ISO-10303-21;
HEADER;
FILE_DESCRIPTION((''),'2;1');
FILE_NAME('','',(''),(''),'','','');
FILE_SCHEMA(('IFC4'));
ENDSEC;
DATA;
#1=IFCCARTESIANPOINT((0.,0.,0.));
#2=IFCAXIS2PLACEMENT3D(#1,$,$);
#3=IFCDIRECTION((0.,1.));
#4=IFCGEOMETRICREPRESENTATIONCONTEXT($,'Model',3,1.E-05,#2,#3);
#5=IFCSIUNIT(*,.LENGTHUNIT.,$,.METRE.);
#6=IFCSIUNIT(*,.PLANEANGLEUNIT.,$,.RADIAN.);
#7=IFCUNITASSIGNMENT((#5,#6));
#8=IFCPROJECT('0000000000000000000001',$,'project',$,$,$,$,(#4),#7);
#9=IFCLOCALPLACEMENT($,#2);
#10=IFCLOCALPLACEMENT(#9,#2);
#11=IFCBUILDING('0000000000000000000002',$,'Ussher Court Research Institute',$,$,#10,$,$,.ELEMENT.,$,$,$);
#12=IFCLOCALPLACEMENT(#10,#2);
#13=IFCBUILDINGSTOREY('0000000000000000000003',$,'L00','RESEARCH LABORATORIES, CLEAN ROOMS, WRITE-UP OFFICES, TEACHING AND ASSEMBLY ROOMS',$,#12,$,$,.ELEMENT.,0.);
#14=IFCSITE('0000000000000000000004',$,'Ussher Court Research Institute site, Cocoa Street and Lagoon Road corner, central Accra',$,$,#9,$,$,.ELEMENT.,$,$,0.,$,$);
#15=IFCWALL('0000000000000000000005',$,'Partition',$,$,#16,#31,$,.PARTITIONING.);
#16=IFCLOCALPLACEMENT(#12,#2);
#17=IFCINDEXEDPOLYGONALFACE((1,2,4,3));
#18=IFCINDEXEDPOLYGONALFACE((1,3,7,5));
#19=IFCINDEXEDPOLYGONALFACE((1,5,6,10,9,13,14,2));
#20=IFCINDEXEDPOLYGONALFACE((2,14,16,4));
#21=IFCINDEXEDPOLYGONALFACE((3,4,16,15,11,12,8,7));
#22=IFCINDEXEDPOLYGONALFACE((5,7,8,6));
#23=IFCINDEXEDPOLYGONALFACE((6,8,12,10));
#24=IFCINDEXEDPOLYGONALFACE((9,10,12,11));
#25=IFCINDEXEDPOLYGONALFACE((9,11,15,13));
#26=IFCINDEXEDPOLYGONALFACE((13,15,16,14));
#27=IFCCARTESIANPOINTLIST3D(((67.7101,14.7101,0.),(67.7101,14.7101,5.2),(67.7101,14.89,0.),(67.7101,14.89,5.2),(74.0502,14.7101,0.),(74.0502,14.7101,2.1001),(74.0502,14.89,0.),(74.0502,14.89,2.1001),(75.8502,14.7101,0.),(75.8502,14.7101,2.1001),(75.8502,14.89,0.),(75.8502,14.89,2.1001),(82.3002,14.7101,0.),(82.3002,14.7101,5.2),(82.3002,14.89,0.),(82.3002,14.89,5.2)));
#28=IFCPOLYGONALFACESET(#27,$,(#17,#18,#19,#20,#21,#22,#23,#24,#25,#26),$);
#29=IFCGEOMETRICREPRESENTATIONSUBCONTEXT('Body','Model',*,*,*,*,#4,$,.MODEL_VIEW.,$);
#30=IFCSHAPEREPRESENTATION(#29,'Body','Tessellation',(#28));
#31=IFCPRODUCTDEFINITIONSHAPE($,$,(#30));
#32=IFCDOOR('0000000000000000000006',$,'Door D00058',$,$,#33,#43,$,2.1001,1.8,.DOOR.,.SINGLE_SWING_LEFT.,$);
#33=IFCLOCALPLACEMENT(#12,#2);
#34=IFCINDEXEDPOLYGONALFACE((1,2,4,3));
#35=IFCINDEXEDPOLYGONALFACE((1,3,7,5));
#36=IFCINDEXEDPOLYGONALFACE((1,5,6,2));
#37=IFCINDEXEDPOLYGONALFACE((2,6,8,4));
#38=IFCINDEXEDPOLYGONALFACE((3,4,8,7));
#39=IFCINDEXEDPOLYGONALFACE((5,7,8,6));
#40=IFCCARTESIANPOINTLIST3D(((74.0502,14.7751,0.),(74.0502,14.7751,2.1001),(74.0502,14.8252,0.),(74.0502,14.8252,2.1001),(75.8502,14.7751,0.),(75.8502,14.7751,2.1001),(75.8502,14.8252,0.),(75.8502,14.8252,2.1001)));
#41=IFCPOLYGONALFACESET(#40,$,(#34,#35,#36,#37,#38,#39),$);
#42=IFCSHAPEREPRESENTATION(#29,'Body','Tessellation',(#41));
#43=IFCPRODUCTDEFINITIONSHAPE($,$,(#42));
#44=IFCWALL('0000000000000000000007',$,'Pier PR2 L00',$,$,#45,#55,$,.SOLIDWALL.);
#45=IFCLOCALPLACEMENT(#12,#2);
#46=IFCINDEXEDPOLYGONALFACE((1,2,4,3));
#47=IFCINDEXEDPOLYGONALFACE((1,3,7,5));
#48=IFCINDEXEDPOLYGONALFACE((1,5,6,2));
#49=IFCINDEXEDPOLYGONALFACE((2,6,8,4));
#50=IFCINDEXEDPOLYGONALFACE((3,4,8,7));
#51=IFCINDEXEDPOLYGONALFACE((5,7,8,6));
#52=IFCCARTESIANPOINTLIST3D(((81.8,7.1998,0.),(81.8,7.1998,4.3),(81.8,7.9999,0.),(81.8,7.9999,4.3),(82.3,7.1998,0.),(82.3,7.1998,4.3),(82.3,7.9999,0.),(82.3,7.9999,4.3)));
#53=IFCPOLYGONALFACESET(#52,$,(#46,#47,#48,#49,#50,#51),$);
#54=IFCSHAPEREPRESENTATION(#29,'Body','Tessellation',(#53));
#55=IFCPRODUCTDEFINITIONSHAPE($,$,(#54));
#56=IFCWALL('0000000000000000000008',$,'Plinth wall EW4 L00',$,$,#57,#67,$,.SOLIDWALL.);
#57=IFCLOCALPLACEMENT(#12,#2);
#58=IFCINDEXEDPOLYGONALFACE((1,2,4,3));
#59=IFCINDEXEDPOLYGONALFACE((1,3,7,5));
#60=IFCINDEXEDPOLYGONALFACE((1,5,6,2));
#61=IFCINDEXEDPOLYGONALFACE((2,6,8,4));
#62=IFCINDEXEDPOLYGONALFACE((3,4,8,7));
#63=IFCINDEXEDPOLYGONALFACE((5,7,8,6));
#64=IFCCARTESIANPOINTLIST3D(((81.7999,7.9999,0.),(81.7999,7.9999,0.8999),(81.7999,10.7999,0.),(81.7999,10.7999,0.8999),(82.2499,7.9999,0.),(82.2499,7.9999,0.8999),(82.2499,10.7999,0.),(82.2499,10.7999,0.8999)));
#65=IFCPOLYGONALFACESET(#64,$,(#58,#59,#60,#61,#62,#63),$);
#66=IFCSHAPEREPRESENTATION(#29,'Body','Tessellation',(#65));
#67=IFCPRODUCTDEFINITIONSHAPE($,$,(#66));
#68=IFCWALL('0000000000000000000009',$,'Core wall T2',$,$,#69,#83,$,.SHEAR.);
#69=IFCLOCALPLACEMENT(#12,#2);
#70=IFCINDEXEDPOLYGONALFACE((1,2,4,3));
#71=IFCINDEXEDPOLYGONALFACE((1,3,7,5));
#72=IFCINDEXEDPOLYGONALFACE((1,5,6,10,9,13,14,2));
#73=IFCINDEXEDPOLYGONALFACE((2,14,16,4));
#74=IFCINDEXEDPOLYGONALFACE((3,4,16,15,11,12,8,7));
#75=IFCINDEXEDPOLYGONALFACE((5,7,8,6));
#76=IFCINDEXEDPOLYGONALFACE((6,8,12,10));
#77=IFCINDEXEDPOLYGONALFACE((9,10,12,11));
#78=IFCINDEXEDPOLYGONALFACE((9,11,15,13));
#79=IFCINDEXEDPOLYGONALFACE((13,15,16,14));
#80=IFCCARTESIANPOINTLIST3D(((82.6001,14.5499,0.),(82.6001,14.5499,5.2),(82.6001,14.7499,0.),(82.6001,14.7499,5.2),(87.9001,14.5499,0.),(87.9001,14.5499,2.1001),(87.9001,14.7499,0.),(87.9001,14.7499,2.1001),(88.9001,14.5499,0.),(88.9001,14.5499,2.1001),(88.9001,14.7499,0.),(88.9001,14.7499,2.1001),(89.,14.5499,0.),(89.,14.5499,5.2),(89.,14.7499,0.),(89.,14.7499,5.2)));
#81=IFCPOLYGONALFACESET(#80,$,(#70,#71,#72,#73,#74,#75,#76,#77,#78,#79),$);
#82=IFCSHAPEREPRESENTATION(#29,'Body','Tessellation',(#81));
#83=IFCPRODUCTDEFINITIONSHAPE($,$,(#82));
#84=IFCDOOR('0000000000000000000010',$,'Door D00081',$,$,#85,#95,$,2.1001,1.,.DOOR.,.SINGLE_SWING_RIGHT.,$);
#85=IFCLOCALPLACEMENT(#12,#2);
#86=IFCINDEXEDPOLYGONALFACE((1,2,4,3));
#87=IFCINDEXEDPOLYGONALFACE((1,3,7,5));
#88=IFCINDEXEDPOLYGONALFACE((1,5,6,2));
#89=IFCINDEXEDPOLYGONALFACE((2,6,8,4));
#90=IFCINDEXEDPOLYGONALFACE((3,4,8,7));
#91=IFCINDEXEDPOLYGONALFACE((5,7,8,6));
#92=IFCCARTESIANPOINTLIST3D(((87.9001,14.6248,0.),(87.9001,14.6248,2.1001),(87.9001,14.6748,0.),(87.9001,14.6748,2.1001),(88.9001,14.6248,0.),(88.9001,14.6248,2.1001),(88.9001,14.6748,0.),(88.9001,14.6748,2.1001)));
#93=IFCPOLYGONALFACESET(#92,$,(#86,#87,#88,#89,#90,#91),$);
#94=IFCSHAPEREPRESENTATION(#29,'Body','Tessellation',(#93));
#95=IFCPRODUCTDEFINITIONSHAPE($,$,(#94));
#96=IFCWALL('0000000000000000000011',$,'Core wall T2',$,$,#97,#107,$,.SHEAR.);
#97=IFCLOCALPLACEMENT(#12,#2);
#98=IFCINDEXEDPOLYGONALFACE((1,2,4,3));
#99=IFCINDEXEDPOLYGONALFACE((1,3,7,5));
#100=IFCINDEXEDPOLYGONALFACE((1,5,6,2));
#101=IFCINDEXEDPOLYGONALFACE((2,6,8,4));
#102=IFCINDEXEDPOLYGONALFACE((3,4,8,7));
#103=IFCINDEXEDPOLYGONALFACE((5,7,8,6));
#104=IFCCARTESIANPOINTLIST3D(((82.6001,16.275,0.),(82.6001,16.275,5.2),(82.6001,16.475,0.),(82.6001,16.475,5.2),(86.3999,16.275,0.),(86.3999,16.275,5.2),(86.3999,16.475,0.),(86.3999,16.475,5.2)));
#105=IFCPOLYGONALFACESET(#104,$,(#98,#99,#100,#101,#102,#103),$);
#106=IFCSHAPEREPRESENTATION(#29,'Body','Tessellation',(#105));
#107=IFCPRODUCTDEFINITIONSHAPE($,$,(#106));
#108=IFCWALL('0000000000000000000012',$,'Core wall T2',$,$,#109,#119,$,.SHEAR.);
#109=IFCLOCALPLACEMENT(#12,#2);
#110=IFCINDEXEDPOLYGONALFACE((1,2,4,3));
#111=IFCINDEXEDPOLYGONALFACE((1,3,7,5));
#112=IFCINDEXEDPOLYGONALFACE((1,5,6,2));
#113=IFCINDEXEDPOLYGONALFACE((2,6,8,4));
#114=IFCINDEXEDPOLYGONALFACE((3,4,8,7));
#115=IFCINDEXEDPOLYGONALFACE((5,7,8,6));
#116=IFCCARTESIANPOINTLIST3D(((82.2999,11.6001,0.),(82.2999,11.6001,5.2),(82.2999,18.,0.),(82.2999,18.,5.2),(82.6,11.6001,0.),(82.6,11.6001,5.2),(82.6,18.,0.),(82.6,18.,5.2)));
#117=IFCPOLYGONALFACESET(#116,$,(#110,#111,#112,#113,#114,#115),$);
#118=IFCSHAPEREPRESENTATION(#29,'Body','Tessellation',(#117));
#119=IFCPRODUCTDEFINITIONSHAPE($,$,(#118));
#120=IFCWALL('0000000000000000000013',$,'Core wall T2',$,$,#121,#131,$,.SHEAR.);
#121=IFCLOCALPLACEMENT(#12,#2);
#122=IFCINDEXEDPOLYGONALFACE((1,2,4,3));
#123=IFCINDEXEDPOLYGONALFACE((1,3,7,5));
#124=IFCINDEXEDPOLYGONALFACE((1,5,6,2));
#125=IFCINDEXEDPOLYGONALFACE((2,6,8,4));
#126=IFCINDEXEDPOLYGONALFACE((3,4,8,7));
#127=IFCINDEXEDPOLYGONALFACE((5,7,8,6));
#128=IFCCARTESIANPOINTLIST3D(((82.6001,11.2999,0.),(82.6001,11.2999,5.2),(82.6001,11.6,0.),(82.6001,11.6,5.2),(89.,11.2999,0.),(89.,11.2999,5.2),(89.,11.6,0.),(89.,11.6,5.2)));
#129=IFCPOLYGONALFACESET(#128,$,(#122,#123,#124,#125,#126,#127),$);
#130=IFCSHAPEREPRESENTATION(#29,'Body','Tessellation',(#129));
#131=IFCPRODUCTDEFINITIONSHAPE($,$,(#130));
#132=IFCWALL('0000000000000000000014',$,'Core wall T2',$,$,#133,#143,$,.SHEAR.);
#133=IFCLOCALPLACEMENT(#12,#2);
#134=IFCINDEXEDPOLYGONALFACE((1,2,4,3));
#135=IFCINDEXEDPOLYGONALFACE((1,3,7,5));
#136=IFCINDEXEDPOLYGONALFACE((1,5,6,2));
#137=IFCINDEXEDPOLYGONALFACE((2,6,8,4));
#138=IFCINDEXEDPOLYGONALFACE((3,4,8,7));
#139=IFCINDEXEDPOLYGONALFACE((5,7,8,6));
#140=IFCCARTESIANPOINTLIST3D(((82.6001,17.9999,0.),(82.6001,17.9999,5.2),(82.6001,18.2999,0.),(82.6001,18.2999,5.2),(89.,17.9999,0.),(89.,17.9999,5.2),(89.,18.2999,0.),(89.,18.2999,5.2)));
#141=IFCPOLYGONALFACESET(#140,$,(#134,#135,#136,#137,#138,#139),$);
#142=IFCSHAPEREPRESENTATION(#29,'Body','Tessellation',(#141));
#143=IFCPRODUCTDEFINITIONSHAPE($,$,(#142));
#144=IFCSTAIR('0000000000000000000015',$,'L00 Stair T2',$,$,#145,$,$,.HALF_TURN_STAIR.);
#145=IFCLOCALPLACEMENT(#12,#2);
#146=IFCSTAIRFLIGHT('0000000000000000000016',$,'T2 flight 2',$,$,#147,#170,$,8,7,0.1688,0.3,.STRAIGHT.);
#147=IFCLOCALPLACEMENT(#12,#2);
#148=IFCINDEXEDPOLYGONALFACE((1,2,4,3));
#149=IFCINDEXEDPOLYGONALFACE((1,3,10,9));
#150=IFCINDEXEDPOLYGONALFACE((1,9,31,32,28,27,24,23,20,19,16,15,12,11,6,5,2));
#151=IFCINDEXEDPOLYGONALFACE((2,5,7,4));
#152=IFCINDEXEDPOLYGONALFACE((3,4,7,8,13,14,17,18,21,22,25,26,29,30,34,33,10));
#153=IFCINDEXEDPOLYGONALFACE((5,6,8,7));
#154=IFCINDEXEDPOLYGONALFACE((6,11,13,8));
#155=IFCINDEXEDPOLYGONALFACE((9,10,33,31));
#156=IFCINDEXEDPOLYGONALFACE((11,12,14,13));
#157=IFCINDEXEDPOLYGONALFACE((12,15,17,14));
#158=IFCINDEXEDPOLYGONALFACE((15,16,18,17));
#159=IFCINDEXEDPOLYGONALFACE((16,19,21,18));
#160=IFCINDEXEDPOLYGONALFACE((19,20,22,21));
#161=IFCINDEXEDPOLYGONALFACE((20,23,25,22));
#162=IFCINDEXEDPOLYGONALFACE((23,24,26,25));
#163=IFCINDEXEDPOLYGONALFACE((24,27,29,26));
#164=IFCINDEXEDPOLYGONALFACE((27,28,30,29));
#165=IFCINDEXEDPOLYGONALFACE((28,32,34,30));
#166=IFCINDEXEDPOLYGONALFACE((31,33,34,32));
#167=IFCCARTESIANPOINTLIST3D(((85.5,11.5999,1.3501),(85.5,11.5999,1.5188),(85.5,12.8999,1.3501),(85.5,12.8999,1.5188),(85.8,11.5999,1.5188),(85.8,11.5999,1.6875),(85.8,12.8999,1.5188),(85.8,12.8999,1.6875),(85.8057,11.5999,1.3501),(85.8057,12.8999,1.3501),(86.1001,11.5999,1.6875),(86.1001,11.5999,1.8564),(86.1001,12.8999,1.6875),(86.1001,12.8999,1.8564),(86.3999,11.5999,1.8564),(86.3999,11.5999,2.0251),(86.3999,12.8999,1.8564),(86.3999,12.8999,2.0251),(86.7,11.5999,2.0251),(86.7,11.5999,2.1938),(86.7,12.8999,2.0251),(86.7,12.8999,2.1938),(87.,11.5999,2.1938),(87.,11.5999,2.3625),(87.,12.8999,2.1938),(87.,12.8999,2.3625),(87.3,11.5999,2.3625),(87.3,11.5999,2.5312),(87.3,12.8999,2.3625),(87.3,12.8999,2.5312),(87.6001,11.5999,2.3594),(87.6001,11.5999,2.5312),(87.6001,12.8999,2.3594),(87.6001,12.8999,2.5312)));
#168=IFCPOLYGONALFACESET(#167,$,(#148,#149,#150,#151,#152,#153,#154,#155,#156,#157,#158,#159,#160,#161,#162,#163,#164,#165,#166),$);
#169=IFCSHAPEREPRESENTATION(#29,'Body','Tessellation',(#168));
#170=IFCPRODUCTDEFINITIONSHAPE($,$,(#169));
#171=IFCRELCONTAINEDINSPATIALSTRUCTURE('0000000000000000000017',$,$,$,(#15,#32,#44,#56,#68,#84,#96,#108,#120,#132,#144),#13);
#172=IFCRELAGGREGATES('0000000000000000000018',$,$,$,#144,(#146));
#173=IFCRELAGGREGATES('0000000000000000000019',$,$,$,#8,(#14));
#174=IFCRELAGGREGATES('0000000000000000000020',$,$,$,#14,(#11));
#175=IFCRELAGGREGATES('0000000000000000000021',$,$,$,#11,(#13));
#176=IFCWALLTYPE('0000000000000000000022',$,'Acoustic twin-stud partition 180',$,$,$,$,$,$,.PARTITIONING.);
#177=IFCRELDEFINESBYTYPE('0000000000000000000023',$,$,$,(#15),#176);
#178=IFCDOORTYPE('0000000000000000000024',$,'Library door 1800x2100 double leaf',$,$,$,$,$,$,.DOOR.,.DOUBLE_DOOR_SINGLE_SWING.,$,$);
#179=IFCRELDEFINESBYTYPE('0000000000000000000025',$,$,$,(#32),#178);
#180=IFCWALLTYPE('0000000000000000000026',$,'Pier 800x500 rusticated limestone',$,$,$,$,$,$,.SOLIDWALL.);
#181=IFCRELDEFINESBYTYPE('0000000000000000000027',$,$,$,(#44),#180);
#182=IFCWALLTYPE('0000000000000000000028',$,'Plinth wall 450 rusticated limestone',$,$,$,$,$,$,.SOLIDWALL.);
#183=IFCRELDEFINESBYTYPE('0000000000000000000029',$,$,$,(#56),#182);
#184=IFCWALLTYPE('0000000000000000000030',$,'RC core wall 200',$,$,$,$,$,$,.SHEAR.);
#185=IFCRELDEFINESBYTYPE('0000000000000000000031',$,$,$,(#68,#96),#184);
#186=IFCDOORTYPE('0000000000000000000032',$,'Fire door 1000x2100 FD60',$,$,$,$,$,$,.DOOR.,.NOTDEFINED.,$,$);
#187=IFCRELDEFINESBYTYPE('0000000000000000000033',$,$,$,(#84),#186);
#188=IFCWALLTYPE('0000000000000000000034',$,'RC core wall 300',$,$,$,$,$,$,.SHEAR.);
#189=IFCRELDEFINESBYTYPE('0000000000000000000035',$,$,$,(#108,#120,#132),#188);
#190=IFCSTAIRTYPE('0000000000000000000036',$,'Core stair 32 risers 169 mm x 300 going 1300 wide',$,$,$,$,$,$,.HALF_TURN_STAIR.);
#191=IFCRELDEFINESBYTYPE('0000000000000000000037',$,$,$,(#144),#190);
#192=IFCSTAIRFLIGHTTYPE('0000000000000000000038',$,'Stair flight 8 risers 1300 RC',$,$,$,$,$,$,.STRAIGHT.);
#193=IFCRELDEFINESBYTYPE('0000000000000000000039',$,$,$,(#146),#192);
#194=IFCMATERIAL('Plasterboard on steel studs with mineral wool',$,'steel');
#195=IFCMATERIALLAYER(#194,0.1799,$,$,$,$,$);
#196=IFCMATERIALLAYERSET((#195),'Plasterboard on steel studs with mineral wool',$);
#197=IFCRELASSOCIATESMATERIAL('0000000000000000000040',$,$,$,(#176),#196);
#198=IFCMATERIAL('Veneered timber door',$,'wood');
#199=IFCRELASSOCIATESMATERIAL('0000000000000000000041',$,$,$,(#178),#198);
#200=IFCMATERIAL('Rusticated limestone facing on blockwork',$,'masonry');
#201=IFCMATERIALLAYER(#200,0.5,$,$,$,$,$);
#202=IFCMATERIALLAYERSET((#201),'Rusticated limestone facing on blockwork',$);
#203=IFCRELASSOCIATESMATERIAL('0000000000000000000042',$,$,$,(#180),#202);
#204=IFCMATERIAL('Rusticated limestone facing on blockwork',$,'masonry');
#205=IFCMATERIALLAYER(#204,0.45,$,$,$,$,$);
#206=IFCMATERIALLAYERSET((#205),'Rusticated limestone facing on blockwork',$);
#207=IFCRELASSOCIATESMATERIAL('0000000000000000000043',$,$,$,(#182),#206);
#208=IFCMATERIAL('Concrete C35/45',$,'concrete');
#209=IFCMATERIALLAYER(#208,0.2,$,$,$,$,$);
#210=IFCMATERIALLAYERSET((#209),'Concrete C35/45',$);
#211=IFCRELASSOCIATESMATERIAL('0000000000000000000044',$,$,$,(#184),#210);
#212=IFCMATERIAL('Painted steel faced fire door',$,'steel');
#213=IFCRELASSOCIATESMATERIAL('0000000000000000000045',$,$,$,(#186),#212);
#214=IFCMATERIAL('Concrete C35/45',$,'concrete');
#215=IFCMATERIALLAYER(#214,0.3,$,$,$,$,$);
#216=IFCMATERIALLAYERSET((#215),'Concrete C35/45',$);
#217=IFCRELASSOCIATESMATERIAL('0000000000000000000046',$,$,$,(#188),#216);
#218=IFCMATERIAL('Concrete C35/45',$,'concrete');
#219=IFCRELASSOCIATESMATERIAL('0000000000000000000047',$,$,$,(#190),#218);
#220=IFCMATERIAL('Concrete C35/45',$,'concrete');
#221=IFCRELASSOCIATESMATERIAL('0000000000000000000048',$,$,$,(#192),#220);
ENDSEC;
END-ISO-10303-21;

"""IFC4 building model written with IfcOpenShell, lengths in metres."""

from ifc_helpers import new_model, si_unit, direction, frame, frame_2d, origin, place, context, subcontext, project, spatial, polyline, rectangle, outline, extrude, material, layer, layer_set, type_object, element, fill, aggregate, save


model = new_model("IFC4")

# Units and contexts
model_context = context("Model", 3, precision=1e-05, world=origin(), true_north=direction((0.0, 1.0)))
body_context = subcontext(model_context, "Body", "Model", "MODEL_VIEW")
ifc_project = project(units=[si_unit("LENGTHUNIT", "METRE"), si_unit("PLANEANGLEUNIT", "RADIAN")], contexts=[model_context])

# Site, building, storey
site_placement = place(None, origin())
site = spatial("IfcSite", under=ifc_project, at=site_placement, Name="Ussher Court Research Institute site, Cocoa Street and Lagoon Road corner, central Accra", CompositionType="ELEMENT", RefElevation=0.0)
building_placement = place(site_placement, origin())
building = spatial("IfcBuilding", under=site, at=building_placement, Name="Ussher Court Research Institute", CompositionType="ELEMENT")
storey_placement = place(building_placement, origin())
storey = spatial("IfcBuildingStorey", under=building, at=storey_placement, Name="L00", Description="RESEARCH LABORATORIES, CLEAN ROOMS, WRITE-UP OFFICES, TEACHING AND ASSEMBLY ROOMS", CompositionType="ELEMENT", Elevation=0.0)

# Wall, opening, door
ifc_material_1 = material(Name="Plasterboard on steel studs with mineral wool", Category="steel")
ifc_layer_1 = layer(ifc_material_1, 0.1799)
ifc_layer_set_1 = layer_set([ifc_layer_1], Name="Plasterboard on steel studs with mineral wool")
wall_type_1 = type_object("IfcWallType", Name="Acoustic twin-stud partition 180", PredefinedType="PARTITIONING", material=ifc_layer_set_1)
wall_1_placement = place(storey_placement, frame((82.3, 14.8, 0.0), z_axis=(0.0, 0.0, 1.0), x_axis=(-1.0, 0.0, 0.0)))
wall_1 = element("IfcWall", 1, at=wall_1_placement, inside=storey, type_object=wall_type_1, Name="Partition", PredefinedType="PARTITIONING", context=body_context, shape_type="SweptSolid", body=[
    extrude(rectangle(XDim=14.5901, YDim=0.1799, at=frame_2d((7.2949, 0.0))), origin(), (0.0, 0.0, 1.0), 5.2),
])
opening_1_placement = place(wall_1_placement, frame((6.45, 0.0, 0.0)))
opening_1 = element("IfcOpeningElement", 2, at=opening_1_placement, cuts=wall_1, PredefinedType="OPENING", context=body_context, shape_type="SweptSolid", body=[
    extrude(rectangle(XDim=1.8, YDim=2.1001, at=frame_2d((0.8999, 1.05))), frame((0.0, 0.1001, 0.0), z_axis=(0.0, -1.0, 0.0), x_axis=(1.0, 0.0, 0.0)), (0.0, 0.0, 1.0), 0.2),
])
ifc_material_2 = material(Name="Veneered timber door", Category="wood")
door_type_1 = type_object("IfcDoorType", Name="Library door 1800x2100 double leaf", OperationType="DOUBLE_DOOR_SINGLE_SWING", PredefinedType="DOOR", material=ifc_material_2)
door_1_placement = place(opening_1_placement, origin())
door_1 = element("IfcDoor", 3, at=door_1_placement, inside=storey, type_object=door_type_1, Name="Door D00058", OperationType="SINGLE_SWING_LEFT", OverallHeight=2.1001, OverallWidth=1.8, PredefinedType="DOOR", context=body_context, shape_type="SweptSolid", body=[
    extrude(rectangle(XDim=1.8, YDim=2.1001, at=frame_2d((0.8999, 1.05))), frame((0.0, 0.0249, 0.0), z_axis=(0.0, -1.0, 0.0), x_axis=(1.0, 0.0, 0.0)), (0.0, 0.0, 1.0), 0.05),
])
fill(opening_1, door_1)

# Walls
ifc_material_3 = material(Name="Rusticated limestone facing on blockwork", Category="masonry")
ifc_layer_2 = layer(ifc_material_3, 0.5)
ifc_layer_set_2 = layer_set([ifc_layer_2], Name="Rusticated limestone facing on blockwork")
wall_type_2 = type_object("IfcWallType", Name="Pier 800x500 rusticated limestone", PredefinedType="SOLIDWALL", material=ifc_layer_set_2)
wall_2_placement = place(storey_placement, frame((82.05, 7.2, 0.0), z_axis=(0.0, 0.0, 1.0), x_axis=(0.0, 1.0, 0.0)))
element("IfcWall", 4, at=wall_2_placement, inside=storey, type_object=wall_type_2, Name="Pier PR2 L00", PredefinedType="SOLIDWALL", context=body_context, shape_type="SweptSolid", body=[
    extrude(rectangle(XDim=0.8, YDim=0.5, at=frame_2d((0.3999, 0.0))), origin(), (0.0, 0.0, 1.0), 4.3),
])
ifc_material_4 = material(Name="Rusticated limestone facing on blockwork", Category="masonry")
ifc_layer_3 = layer(ifc_material_4, 0.45)
ifc_layer_set_3 = layer_set([ifc_layer_3], Name="Rusticated limestone facing on blockwork")
wall_type_3 = type_object("IfcWallType", Name="Plinth wall 450 rusticated limestone", PredefinedType="SOLIDWALL", material=ifc_layer_set_3)
wall_3_placement = place(storey_placement, frame((82.0249, 8.0, 0.0), z_axis=(0.0, 0.0, 1.0), x_axis=(0.0, 1.0, 0.0)))
element("IfcWall", 5, at=wall_3_placement, inside=storey, type_object=wall_type_3, Name="Plinth wall EW4 L00", PredefinedType="SOLIDWALL", context=body_context, shape_type="SweptSolid", body=[
    extrude(rectangle(XDim=2.8, YDim=0.45, at=frame_2d((1.3999, 0.0))), origin(), (0.0, 0.0, 1.0), 0.8999),
])

# Wall, opening, door
ifc_material_5 = material(Name="Concrete C35/45", Category="concrete")
ifc_layer_4 = layer(ifc_material_5, 0.2)
ifc_layer_set_4 = layer_set([ifc_layer_4], Name="Concrete C35/45")
wall_type_4 = type_object("IfcWallType", Name="RC core wall 200", PredefinedType="SHEAR", material=ifc_layer_set_4)
wall_4_placement = place(storey_placement, frame((82.6001, 14.6499, 0.0), z_axis=(0.0, 0.0, 1.0), x_axis=(1.0, 0.0, 0.0)))
wall_4 = element("IfcWall", 6, at=wall_4_placement, inside=storey, type_object=wall_type_4, Name="Core wall T2", PredefinedType="SHEAR", context=body_context, shape_type="SweptSolid", body=[
    extrude(rectangle(XDim=6.3999, YDim=0.2, at=frame_2d((3.2, 0.0))), origin(), (0.0, 0.0, 1.0), 5.2),
])
opening_2_placement = place(wall_4_placement, frame((5.3, 0.0, 0.0)))
opening_2 = element("IfcOpeningElement", 7, at=opening_2_placement, cuts=wall_4, PredefinedType="OPENING", context=body_context, shape_type="SweptSolid", body=[
    extrude(rectangle(XDim=1.0, YDim=2.1001, at=frame_2d((0.5, 1.05))), frame((0.0, 0.1099, 0.0), z_axis=(0.0, -1.0, 0.0), x_axis=(1.0, 0.0, 0.0)), (0.0, 0.0, 1.0), 0.22),
])
ifc_material_6 = material(Name="Painted steel faced fire door", Category="steel")
door_type_2 = type_object("IfcDoorType", Name="Fire door 1000x2100 FD60", OperationType="NOTDEFINED", PredefinedType="DOOR", material=ifc_material_6)
door_2_placement = place(opening_2_placement, origin())
door_2 = element("IfcDoor", 8, at=door_2_placement, inside=storey, type_object=door_type_2, Name="Door D00081", OperationType="SINGLE_SWING_RIGHT", OverallHeight=2.1001, OverallWidth=1.0, PredefinedType="DOOR", context=body_context, shape_type="SweptSolid", body=[
    extrude(rectangle(XDim=1.0, YDim=2.1001, at=frame_2d((0.5, 1.05))), frame((0.0, 0.0249, 0.0), z_axis=(0.0, -1.0, 0.0), x_axis=(1.0, 0.0, 0.0)), (0.0, 0.0, 1.0), 0.05),
])
fill(opening_2, door_2)

# Walls
wall_5_placement = place(storey_placement, frame((82.6001, 16.375, 0.0), z_axis=(0.0, 0.0, 1.0), x_axis=(1.0, 0.0, 0.0)))
element("IfcWall", 9, at=wall_5_placement, inside=storey, type_object=wall_type_4, Name="Core wall T2", PredefinedType="SHEAR", context=body_context, shape_type="SweptSolid", body=[
    extrude(rectangle(XDim=3.7998, YDim=0.2, at=frame_2d((1.8999, 0.0))), origin(), (0.0, 0.0, 1.0), 5.2),
])
ifc_material_7 = material(Name="Concrete C35/45", Category="concrete")
ifc_layer_5 = layer(ifc_material_7, 0.3)
ifc_layer_set_5 = layer_set([ifc_layer_5], Name="Concrete C35/45")
wall_type_5 = type_object("IfcWallType", Name="RC core wall 300", PredefinedType="SHEAR", material=ifc_layer_set_5)
for number, where, z_axis, x_axis, name in (
    (10, (82.45, 11.6001, 0.0), (0.0, 0.0, 1.0), (0.0, 1.0, 0.0), "Core wall T2"),
    (11, (82.6001, 11.45, 0.0), (0.0, 0.0, 1.0), (1.0, 0.0, 0.0), "Core wall T2"),
    (12, (82.6001, 18.1499, 0.0), (0.0, 0.0, 1.0), (1.0, 0.0, 0.0), "Core wall T2"),
):
    element("IfcWall", number, at=place(storey_placement, frame(where, z_axis=z_axis, x_axis=x_axis)), inside=storey, type_object=wall_type_5, Name=name, PredefinedType="SHEAR", context=body_context, shape_type="SweptSolid", body=[
        extrude(rectangle(XDim=6.3999, YDim=0.3, at=frame_2d((3.2, 0.0))), origin(), (0.0, 0.0, 1.0), 5.2),
    ])

# Stair, stair flight
ifc_material_8 = material(Name="Concrete C35/45", Category="concrete")
stair_type = type_object("IfcStairType", Name="Core stair 32 risers 169 mm x 300 going 1300 wide", PredefinedType="HALF_TURN_STAIR", material=ifc_material_8)
stair_placement = place(storey_placement, origin())
stair = element("IfcStair", 13, at=stair_placement, inside=storey, type_object=stair_type, Name="L00 Stair T2", PredefinedType="HALF_TURN_STAIR")
ifc_material_9 = material(Name="Concrete C35/45", Category="concrete")
stair_flight_type = type_object("IfcStairFlightType", Name="Stair flight 8 risers 1300 RC", PredefinedType="STRAIGHT", material=ifc_material_9)
stair_flight_1_placement = place(storey_placement, frame((85.5, 12.25, 1.3501), z_axis=(0.0, 0.0, 1.0), x_axis=(1.0, 0.0, 0.0)))
stair_flight_1 = element("IfcStairFlight", 14, at=stair_flight_1_placement, type_object=stair_flight_type, Name="T2 flight 2", NumberOfRisers=8, NumberOfTreads=7, PredefinedType="STRAIGHT", RiserHeight=0.1688, TreadLength=0.3, context=body_context, shape_type="SweptSolid", body=[
    extrude(outline(polyline([(0.0, 0.0), (0.0, 0.1687), (0.3, 0.1687), (0.3, 0.3374), (0.6001, 0.3374), (0.6001, 0.5063), (0.8999, 0.5063), (0.8999, 0.675), (1.2, 0.675), (1.2, 0.8438), (1.5, 0.8438), (1.5, 1.0125), (1.8, 1.0125), (1.8, 1.1812), (2.1001, 1.1812), (2.1001, 1.3501), (2.1001, 1.0093), (0.3057, 0.0), (0.0, 0.0)])), frame((0.0, 0.6499, 0.0), z_axis=(0.0, -1.0, 0.0), x_axis=(1.0, 0.0, 0.0)), (0.0, 0.0, 1.0), 1.3),
])
aggregate(stair, [stair_flight_1])

save(model, "model.ifc")
